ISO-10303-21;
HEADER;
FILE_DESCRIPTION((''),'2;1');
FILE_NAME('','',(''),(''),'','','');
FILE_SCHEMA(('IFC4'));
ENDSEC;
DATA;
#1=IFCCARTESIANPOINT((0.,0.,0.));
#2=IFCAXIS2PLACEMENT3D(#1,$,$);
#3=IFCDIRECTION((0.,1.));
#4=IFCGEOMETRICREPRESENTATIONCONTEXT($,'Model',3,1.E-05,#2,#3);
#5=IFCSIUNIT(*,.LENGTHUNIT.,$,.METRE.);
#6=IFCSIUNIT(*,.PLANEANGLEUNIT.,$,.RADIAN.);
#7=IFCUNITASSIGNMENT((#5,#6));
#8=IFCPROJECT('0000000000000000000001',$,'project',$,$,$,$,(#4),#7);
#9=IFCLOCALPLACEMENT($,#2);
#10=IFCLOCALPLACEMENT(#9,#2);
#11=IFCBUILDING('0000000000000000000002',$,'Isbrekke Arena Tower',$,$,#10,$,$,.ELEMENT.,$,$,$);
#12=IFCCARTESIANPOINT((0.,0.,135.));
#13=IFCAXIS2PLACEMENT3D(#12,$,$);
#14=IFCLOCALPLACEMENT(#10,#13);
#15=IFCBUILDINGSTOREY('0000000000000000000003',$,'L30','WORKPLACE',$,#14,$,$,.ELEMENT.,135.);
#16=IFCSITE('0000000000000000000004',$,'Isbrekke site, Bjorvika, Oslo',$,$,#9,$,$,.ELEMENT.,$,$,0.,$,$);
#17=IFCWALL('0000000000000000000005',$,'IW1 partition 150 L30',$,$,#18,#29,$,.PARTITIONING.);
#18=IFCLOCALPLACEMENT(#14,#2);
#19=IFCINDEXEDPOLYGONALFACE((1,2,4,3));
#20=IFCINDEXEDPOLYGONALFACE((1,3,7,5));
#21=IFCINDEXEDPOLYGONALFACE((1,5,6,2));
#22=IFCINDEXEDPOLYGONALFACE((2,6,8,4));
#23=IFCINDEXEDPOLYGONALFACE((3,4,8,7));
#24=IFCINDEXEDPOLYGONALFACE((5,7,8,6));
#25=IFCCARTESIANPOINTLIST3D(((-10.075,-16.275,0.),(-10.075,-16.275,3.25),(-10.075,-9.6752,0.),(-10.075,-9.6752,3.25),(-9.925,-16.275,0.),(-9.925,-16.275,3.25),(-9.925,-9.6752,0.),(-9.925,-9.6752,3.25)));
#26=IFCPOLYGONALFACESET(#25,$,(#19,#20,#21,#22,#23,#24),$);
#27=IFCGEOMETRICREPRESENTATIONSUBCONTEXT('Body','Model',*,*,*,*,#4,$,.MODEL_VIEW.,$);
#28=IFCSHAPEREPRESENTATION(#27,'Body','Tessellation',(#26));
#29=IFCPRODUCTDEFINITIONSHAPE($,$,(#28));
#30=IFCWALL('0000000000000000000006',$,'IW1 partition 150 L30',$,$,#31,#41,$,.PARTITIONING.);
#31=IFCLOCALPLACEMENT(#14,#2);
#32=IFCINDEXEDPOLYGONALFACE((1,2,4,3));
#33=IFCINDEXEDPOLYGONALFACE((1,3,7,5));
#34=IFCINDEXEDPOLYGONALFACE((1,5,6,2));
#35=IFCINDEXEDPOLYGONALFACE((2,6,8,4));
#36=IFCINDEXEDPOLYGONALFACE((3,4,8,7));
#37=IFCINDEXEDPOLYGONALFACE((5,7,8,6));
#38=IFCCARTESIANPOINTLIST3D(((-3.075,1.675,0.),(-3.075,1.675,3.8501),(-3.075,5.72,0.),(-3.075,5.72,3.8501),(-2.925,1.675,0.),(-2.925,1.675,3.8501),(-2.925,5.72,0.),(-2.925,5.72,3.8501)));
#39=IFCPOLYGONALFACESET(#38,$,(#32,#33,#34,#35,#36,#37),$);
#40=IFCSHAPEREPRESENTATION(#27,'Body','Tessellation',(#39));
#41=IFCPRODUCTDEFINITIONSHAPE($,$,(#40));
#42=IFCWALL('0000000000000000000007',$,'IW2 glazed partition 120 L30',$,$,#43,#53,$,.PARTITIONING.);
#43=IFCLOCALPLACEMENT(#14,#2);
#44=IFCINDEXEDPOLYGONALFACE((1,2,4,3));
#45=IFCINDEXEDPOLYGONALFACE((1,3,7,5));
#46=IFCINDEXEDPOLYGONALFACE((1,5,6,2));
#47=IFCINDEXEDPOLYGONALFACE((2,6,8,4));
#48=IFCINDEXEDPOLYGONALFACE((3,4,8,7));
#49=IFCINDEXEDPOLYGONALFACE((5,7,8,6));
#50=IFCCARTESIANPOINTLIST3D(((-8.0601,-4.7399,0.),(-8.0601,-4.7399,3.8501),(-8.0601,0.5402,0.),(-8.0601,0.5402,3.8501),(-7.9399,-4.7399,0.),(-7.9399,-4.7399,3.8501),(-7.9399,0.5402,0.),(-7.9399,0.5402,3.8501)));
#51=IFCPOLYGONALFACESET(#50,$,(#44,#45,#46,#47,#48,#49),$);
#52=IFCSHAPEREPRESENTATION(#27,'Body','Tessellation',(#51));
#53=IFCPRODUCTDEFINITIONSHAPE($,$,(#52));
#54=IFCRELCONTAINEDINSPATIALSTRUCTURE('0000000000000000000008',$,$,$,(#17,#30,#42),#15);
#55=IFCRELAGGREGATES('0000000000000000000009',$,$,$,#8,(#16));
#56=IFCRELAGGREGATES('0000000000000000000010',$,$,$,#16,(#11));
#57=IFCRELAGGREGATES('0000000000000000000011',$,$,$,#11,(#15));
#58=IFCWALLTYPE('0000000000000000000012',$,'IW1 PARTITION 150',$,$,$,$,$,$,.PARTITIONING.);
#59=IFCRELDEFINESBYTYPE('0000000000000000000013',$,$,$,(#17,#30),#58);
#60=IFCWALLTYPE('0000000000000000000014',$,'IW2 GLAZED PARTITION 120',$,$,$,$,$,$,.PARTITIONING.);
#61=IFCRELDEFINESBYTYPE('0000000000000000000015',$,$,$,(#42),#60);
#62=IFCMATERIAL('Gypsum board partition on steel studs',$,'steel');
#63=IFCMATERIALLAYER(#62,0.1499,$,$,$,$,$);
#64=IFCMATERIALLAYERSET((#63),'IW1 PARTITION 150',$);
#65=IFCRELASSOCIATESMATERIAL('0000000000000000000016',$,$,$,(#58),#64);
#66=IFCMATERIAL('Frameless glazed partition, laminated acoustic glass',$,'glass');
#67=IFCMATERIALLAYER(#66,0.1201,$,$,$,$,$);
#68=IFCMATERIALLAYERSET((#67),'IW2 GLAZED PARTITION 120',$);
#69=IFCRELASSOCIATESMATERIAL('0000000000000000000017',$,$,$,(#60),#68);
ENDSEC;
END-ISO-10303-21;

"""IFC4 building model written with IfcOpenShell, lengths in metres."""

from ifc_helpers import new_model, si_unit, direction, frame, frame_2d, origin, place, context, subcontext, project, spatial, rectangle, extrude, material, layer, layer_set, type_object, element, save


model = new_model("IFC4")

# Units and contexts
model_context = context("Model", 3, precision=1e-05, world=origin(), true_north=direction((0.0, 1.0)))
body_context = subcontext(model_context, "Body", "Model", "MODEL_VIEW")
ifc_project = project(units=[si_unit("LENGTHUNIT", "METRE"), si_unit("PLANEANGLEUNIT", "RADIAN")], contexts=[model_context])

# Site, building, storey
site_placement = place(None, origin())
site = spatial("IfcSite", under=ifc_project, at=site_placement, Name="Isbrekke site, Bjorvika, Oslo", CompositionType="ELEMENT", RefElevation=0.0)
building_placement = place(site_placement, origin())
building = spatial("IfcBuilding", under=site, at=building_placement, Name="Isbrekke Arena Tower", CompositionType="ELEMENT")
storey_placement = place(building_placement, frame((0.0, 0.0, 135.0)))
storey = spatial("IfcBuildingStorey", under=building, at=storey_placement, Name="L30", Description="WORKPLACE", CompositionType="ELEMENT", Elevation=135.0)

# Shared definitions
ifc_material_1 = material(Name="Gypsum board partition on steel studs", Category="steel")
ifc_layer_1 = layer(ifc_material_1, 0.1499)
ifc_layer_set_1 = layer_set([ifc_layer_1], Name="IW1 PARTITION 150")
wall_type_1 = type_object("IfcWallType", Name="IW1 PARTITION 150", PredefinedType="PARTITIONING", material=ifc_layer_set_1)

# Walls
wall_1_placement = place(storey_placement, frame((-10.0, -16.2749, 0.0), z_axis=(0.0, 0.0, 1.0), x_axis=(0.0, 1.0, 0.0)))
element("IfcWall", 1, at=wall_1_placement, inside=storey, type_object=wall_type_1, Name="IW1 partition 150 L30", PredefinedType="PARTITIONING", context=body_context, shape_type="SweptSolid", body=[
    extrude(rectangle(XDim=6.5999, YDim=0.1499, at=frame_2d((3.2998, 0.0))), origin(), (0.0, 0.0, 1.0), 3.25),
])
wall_2_placement = place(storey_placement, frame((-3.0, 1.675, 0.0), z_axis=(0.0, 0.0, 1.0), x_axis=(0.0, 1.0, 0.0)))
element("IfcWall", 2, at=wall_2_placement, inside=storey, type_object=wall_type_1, Name="IW1 partition 150 L30", PredefinedType="PARTITIONING", context=body_context, shape_type="SweptSolid", body=[
    extrude(rectangle(XDim=4.0449, YDim=0.1499, at=frame_2d((2.0225, 0.0))), origin(), (0.0, 0.0, 1.0), 3.8501),
])
ifc_material_2 = material(Name="Frameless glazed partition, laminated acoustic glass", Category="glass")
ifc_layer_2 = layer(ifc_material_2, 0.1201)
ifc_layer_set_2 = layer_set([ifc_layer_2], Name="IW2 GLAZED PARTITION 120")
wall_type_2 = type_object("IfcWallType", Name="IW2 GLAZED PARTITION 120", PredefinedType="PARTITIONING", material=ifc_layer_set_2)
wall_3_placement = place(storey_placement, frame((-8.0, -4.74, 0.0), z_axis=(0.0, 0.0, 1.0), x_axis=(0.0, 1.0, 0.0)))
element("IfcWall", 3, at=wall_3_placement, inside=storey, type_object=wall_type_2, Name="IW2 glazed partition 120 L30", PredefinedType="PARTITIONING", context=body_context, shape_type="SweptSolid", body=[
    extrude(rectangle(XDim=5.28, YDim=0.1201, at=frame_2d((2.6401, 0.0))), origin(), (0.0, 0.0, 1.0), 3.8501),
])

save(model, "model.ifc")
